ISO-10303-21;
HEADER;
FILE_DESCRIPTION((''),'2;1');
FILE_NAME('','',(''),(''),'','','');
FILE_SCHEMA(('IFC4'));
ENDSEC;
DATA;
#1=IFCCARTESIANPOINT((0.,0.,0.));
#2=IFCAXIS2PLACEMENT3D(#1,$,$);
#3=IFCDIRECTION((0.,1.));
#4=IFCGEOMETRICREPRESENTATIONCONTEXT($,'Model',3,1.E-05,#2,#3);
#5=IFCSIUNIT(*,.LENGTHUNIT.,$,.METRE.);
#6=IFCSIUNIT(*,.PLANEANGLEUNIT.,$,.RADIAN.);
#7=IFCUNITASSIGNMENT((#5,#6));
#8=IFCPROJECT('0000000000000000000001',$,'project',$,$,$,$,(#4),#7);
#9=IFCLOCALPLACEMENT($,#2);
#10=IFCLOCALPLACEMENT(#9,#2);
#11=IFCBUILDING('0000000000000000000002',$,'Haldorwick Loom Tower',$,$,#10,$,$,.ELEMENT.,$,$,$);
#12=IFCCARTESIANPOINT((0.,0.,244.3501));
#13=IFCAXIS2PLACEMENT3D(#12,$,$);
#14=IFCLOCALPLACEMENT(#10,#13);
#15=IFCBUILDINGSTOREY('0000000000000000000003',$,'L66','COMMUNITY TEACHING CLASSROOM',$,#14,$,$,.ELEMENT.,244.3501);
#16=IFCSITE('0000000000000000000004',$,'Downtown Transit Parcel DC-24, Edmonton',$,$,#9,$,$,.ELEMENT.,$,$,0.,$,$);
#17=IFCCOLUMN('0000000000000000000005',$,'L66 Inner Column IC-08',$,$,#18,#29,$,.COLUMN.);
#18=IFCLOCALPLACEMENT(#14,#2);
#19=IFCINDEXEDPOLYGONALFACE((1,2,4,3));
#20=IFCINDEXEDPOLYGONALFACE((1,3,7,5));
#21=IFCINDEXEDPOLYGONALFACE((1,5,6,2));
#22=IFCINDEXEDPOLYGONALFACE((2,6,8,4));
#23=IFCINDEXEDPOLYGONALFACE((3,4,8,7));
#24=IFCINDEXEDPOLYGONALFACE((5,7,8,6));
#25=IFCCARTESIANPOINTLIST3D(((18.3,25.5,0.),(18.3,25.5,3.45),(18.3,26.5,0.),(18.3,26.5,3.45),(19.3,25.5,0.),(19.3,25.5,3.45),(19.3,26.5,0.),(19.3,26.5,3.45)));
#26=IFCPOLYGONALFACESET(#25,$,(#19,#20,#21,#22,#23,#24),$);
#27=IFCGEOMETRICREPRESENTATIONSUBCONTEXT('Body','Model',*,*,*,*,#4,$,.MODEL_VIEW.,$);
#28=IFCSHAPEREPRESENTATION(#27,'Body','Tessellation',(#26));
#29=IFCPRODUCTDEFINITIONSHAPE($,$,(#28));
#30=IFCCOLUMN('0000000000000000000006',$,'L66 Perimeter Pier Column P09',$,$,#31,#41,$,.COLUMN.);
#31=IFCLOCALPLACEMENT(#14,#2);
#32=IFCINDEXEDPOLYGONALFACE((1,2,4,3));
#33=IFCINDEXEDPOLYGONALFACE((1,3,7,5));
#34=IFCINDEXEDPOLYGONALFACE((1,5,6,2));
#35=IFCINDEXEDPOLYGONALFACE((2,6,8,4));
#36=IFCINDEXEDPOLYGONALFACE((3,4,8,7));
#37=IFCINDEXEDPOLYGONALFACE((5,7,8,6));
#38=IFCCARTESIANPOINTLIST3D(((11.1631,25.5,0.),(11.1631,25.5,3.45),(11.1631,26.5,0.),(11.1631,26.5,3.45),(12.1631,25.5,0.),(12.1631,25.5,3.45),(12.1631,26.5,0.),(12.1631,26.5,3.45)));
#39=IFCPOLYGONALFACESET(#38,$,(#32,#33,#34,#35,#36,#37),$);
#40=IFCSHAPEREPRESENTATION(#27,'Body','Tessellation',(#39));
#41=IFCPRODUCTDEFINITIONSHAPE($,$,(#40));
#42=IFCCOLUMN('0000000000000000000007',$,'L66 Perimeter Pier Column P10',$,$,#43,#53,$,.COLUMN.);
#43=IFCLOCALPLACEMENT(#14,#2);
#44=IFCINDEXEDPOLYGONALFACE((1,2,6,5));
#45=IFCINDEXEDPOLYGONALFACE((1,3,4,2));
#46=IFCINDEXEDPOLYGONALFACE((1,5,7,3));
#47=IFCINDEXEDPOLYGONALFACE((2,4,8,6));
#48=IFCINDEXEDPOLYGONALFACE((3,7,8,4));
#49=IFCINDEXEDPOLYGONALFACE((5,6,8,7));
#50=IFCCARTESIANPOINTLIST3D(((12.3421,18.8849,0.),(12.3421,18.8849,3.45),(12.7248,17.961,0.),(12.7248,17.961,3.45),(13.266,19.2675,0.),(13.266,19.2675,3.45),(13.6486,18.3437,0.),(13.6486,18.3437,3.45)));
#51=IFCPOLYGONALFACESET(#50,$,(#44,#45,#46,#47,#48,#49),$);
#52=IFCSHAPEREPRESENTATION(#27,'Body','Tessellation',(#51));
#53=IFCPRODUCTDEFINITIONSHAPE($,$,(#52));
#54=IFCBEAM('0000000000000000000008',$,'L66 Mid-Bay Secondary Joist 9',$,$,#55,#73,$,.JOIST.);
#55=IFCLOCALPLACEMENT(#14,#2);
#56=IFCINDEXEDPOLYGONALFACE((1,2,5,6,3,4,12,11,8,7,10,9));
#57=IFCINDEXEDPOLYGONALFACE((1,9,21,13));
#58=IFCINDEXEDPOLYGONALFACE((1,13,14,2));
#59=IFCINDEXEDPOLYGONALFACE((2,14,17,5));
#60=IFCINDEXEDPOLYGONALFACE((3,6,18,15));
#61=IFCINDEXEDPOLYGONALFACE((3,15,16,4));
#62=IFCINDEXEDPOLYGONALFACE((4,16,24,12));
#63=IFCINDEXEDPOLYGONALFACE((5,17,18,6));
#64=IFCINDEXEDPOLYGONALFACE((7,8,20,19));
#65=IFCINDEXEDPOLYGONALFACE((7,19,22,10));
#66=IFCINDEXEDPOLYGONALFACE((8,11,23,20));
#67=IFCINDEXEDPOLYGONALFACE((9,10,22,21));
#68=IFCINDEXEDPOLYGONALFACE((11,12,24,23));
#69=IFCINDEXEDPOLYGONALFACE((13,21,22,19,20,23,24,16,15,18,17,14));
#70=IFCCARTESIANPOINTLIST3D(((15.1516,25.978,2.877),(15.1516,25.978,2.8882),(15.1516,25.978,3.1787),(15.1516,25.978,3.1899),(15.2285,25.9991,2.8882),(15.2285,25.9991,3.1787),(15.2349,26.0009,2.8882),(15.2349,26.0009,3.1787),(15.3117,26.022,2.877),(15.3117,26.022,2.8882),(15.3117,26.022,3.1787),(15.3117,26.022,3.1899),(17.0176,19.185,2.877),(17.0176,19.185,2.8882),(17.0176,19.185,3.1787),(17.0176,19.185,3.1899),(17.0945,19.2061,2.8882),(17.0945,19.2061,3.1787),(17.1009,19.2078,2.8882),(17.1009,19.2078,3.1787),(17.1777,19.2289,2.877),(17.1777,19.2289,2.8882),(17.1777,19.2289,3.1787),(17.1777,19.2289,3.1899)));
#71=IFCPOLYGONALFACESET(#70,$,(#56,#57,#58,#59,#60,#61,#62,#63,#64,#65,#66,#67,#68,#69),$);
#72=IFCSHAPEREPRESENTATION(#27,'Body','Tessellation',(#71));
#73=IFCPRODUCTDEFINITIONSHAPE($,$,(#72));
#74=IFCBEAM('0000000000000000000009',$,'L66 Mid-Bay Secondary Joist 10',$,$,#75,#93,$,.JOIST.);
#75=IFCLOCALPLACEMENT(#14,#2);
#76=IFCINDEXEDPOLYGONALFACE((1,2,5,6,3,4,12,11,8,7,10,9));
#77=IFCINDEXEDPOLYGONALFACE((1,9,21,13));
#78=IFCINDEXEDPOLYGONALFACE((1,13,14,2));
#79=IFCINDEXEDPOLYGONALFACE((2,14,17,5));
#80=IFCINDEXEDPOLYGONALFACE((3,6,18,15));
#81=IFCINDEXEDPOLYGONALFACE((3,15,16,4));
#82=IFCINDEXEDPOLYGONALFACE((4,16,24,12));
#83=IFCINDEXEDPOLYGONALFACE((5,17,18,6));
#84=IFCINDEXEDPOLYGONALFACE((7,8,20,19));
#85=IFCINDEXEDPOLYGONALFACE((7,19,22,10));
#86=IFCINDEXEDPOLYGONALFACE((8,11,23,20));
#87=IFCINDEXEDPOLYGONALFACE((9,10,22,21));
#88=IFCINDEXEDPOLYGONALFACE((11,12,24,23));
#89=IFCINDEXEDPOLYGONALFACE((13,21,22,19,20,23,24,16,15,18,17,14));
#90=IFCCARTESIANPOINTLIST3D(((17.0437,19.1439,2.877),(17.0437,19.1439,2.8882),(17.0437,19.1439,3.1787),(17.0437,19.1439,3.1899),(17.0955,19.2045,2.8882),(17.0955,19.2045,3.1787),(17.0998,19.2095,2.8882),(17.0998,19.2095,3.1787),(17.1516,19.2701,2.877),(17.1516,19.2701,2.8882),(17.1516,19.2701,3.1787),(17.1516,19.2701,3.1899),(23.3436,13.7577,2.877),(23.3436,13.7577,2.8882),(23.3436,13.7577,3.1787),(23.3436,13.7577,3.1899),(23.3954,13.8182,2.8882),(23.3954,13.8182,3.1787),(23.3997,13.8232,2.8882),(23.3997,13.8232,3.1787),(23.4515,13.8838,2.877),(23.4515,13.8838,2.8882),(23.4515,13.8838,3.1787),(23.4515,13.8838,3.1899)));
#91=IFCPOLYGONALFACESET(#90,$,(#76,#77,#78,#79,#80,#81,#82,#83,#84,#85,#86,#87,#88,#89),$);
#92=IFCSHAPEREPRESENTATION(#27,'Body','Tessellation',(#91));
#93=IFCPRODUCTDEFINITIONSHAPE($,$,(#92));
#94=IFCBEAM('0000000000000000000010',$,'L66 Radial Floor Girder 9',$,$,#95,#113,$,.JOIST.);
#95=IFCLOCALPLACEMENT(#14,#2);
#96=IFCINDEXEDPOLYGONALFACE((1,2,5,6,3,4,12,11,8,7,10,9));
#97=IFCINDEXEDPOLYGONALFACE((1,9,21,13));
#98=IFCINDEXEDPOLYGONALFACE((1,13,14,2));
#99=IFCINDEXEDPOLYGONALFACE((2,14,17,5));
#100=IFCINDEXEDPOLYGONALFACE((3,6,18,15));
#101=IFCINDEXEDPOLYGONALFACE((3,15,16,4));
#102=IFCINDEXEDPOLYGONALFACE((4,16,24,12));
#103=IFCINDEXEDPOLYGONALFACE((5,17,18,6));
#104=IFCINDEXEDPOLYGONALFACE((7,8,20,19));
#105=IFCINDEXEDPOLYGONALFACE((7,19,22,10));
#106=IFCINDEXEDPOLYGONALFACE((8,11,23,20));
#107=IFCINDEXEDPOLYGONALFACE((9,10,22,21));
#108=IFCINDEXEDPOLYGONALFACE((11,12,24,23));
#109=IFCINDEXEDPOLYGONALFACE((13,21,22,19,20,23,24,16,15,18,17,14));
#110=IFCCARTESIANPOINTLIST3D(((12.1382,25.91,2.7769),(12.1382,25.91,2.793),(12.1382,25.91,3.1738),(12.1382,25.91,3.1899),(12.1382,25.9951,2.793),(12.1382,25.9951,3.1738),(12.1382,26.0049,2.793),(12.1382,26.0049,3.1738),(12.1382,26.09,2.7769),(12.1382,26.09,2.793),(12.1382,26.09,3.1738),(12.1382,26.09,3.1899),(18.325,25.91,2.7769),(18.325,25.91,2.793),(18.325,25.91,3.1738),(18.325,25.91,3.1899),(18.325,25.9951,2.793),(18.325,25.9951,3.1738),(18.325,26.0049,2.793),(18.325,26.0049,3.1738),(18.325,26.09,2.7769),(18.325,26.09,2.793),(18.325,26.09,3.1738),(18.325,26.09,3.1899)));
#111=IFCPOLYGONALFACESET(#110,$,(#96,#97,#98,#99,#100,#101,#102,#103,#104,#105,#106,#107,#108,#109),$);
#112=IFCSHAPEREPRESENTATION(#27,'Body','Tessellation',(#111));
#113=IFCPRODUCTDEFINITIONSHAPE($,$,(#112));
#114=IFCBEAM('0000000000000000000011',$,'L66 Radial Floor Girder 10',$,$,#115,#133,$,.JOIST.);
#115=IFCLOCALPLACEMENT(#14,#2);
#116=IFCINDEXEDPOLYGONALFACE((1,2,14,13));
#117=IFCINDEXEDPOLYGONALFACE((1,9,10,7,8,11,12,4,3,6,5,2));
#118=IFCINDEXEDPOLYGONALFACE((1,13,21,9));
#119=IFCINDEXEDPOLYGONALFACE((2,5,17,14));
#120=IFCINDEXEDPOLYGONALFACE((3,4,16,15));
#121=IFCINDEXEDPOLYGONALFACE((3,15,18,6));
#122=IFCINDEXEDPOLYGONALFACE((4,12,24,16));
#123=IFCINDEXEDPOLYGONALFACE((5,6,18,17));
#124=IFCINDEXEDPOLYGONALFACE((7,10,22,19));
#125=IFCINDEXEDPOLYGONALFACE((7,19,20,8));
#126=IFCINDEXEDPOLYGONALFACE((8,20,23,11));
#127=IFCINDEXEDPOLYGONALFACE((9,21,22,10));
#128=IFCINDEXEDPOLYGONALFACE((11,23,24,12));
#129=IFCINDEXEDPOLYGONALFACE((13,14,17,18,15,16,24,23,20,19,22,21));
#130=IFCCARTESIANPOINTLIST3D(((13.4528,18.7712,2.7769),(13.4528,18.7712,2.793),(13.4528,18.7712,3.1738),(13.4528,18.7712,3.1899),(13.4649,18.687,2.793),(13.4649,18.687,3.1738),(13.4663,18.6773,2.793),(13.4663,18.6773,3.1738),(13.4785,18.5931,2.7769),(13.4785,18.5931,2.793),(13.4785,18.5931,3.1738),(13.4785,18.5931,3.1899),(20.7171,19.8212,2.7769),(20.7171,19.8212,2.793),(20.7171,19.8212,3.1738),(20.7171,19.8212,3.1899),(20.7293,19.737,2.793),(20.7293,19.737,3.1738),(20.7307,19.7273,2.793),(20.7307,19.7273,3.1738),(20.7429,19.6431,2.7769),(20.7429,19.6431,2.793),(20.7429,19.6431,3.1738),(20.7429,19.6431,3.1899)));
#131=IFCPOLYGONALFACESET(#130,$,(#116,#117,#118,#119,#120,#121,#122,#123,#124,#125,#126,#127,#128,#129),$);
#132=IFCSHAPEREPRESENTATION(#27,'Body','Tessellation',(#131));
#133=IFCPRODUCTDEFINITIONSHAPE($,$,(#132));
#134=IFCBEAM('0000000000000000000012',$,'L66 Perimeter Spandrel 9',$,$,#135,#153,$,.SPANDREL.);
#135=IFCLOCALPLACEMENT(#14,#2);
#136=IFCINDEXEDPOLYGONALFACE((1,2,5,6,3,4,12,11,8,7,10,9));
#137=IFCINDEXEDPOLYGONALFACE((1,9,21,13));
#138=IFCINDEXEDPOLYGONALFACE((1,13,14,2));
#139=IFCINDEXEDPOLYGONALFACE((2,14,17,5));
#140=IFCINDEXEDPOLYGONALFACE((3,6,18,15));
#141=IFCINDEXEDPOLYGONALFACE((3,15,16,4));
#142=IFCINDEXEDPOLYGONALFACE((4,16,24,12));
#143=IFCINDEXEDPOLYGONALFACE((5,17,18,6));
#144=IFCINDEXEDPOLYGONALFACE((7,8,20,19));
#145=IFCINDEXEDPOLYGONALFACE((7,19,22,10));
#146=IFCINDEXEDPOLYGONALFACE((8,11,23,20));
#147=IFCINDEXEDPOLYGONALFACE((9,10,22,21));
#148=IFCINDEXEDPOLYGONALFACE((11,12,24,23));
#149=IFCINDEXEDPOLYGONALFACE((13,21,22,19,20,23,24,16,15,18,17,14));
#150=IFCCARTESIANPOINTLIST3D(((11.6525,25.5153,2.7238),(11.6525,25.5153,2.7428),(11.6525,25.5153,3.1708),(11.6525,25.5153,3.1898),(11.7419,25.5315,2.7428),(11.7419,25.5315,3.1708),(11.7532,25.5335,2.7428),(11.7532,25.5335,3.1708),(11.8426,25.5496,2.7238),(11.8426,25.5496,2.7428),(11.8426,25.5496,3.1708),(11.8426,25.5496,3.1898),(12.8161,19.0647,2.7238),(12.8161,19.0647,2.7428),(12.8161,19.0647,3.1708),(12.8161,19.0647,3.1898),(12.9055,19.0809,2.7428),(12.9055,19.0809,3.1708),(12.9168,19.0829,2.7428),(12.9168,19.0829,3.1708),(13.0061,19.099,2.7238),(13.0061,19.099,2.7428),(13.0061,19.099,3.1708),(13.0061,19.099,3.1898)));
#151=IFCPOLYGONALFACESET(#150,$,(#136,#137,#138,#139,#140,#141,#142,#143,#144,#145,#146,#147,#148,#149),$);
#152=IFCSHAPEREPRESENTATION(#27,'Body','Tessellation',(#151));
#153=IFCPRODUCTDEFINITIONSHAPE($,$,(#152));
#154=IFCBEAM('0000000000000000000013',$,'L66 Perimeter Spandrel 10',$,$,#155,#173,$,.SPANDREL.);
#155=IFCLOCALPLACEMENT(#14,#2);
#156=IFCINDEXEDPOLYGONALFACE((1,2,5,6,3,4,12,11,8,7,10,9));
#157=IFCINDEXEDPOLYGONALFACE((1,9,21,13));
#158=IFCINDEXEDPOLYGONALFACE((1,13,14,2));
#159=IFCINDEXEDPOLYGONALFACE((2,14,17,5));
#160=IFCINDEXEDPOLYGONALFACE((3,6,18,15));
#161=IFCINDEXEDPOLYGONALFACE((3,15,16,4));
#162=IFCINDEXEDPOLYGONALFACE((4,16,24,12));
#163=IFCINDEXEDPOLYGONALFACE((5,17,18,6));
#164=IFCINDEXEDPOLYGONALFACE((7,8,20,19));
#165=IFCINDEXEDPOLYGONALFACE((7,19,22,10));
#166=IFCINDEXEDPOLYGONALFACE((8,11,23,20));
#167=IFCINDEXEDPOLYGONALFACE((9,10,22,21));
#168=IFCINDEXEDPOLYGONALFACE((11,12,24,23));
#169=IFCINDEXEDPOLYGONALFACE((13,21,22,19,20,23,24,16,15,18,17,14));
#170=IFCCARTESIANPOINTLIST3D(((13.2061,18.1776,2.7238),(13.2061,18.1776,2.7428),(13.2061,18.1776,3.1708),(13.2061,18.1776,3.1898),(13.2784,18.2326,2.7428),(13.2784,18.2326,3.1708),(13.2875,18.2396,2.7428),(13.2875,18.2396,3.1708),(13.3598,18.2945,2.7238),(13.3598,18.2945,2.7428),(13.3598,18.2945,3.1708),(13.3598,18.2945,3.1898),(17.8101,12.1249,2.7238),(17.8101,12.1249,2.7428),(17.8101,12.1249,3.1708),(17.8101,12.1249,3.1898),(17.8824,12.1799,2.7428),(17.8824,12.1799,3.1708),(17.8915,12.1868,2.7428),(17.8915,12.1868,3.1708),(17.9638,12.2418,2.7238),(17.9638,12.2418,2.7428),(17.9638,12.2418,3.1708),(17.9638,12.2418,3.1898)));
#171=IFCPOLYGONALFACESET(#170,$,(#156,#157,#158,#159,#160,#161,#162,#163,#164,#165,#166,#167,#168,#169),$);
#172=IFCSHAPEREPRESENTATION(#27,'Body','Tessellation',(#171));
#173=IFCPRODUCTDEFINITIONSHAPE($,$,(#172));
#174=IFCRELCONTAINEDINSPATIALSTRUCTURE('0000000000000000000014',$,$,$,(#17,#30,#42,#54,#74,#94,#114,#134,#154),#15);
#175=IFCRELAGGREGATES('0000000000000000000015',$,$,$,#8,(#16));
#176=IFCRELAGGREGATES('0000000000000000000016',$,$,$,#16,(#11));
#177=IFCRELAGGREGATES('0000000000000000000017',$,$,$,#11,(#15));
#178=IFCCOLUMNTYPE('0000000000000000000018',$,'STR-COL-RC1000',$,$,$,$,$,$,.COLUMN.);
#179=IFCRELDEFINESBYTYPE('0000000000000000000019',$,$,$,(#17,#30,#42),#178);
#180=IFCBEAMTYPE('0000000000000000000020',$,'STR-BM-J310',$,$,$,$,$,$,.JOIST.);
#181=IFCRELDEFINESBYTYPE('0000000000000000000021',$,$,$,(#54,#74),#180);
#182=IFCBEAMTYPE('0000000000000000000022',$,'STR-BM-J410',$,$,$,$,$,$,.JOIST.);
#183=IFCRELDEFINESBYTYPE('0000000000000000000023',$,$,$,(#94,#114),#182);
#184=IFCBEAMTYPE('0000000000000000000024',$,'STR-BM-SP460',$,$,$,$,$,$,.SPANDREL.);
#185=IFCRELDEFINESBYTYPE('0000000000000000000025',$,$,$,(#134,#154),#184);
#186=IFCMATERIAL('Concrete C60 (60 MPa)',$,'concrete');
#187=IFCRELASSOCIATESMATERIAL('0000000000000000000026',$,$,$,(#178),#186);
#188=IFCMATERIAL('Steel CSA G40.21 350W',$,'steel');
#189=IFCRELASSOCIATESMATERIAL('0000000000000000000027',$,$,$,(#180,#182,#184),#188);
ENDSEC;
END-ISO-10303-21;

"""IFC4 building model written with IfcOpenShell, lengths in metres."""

from ifc_helpers import new_model, si_unit, direction, frame, origin, origin_2d, place, context, subcontext, project, spatial, rectangle, i_section, extrude, material, material_profile, profile_set, type_object, element, save


model = new_model("IFC4")

# Units and contexts
model_context = context("Model", 3, precision=1e-05, world=origin(), true_north=direction((0.0, 1.0)))
body_context = subcontext(model_context, "Body", "Model", "MODEL_VIEW")
ifc_project = project(units=[si_unit("LENGTHUNIT", "METRE"), si_unit("PLANEANGLEUNIT", "RADIAN")], contexts=[model_context])

# Site, building, storey
site_placement = place(None, origin())
site = spatial("IfcSite", under=ifc_project, at=site_placement, Name="Downtown Transit Parcel DC-24, Edmonton", CompositionType="ELEMENT", RefElevation=0.0)
building_placement = place(site_placement, origin())
building = spatial("IfcBuilding", under=site, at=building_placement, Name="Haldorwick Loom Tower", CompositionType="ELEMENT")
storey_placement = place(building_placement, frame((0.0, 0.0, 244.3501)))
storey = spatial("IfcBuildingStorey", under=building, at=storey_placement, Name="L66", Description="COMMUNITY TEACHING CLASSROOM", CompositionType="ELEMENT", Elevation=244.3501)

# Columns
ifc_material_1 = material(Name="Concrete C60 (60 MPa)", Category="concrete")
ifc_material_profile_1 = material_profile(ifc_material_1, rectangle(XDim=1.0, YDim=1.0, at=origin_2d()), Name="RC1000X1000", Category="concrete")
ifc_profile_set_1 = profile_set([ifc_material_profile_1], Name="Concrete C60 (60 MPa)")
column_type = type_object("IfcColumnType", Name="STR-COL-RC1000", PredefinedType="COLUMN", material=ifc_profile_set_1)
for number, where, z_axis, x_axis, name in (
    (1, (18.8, 26.0, 0.0), (0.0, 0.0, 1.0), (1.0, 0.0, 0.0), "L66 Inner Column IC-08"),
    (2, (11.6631, 26.0, 0.0), (0.0, 0.0, 1.0), (-1.0, 0.0, 0.0), "L66 Perimeter Pier Column P09"),
    (3, (12.9954, 18.6143, 0.0), (0.0, 0.0, 1.0), (-0.92388, -0.382683, 0.0), "L66 Perimeter Pier Column P10"),
):
    element("IfcColumn", number, at=place(storey_placement, frame(where, z_axis=z_axis, x_axis=x_axis)), inside=storey, type_object=column_type, Name=name, PredefinedType="COLUMN", context=body_context, shape_type="SweptSolid", body=[
        extrude(rectangle(XDim=1.0, YDim=1.0, at=origin_2d()), origin(), (0.0, 0.0, 1.0), 3.45),
    ])

# Beams
ifc_material_2 = material(Name="Steel CSA G40.21 350W", Category="steel")
ifc_material_profile_2 = material_profile(ifc_material_2, i_section(OverallWidth=0.166, OverallDepth=0.313, WebThickness=0.0066, FlangeThickness=0.0112, at=origin_2d()), Name="W310X45", Category="steel")
ifc_profile_set_2 = profile_set([ifc_material_profile_2], Name="Steel CSA G40.21 350W")
beam_type_1 = type_object("IfcBeamType", Name="STR-BM-J310", PredefinedType="JOIST", material=ifc_profile_set_2)
beam_1_placement = place(storey_placement, frame((15.2317, 26.0, 3.0334), z_axis=(0.264879, -0.964282, 0.0), x_axis=(0.964282, 0.264879, 0.0)))
element("IfcBeam", 4, at=beam_1_placement, inside=storey, type_object=beam_type_1, Name="L66 Mid-Bay Secondary Joist 9", PredefinedType="JOIST", context=body_context, shape_type="SweptSolid", body=[
    extrude(i_section(OverallWidth=0.166, OverallDepth=0.313, WebThickness=0.0066, FlangeThickness=0.0112, at=origin_2d()), origin(), (0.0, 0.0, 1.0), 7.0447),
])
beam_2_placement = place(storey_placement, frame((17.0977, 19.207, 3.0334), z_axis=(0.760067, -0.649845, 0.0), x_axis=(0.649845, 0.760067, 0.0)))
element("IfcBeam", 5, at=beam_2_placement, inside=storey, type_object=beam_type_1, Name="L66 Mid-Bay Secondary Joist 10", PredefinedType="JOIST", context=body_context, shape_type="SweptSolid", body=[
    extrude(i_section(OverallWidth=0.166, OverallDepth=0.313, WebThickness=0.0066, FlangeThickness=0.0112, at=origin_2d()), origin(), (0.0, 0.0, 1.0), 8.2886),
])
ifc_material_profile_3 = material_profile(ifc_material_2, i_section(OverallWidth=0.1799, OverallDepth=0.4131, WebThickness=0.0098, FlangeThickness=0.0161, at=origin_2d()), Name="W410X74", Category="steel")
ifc_profile_set_3 = profile_set([ifc_material_profile_3], Name="Steel CSA G40.21 350W")
beam_type_2 = type_object("IfcBeamType", Name="STR-BM-J410", PredefinedType="JOIST", material=ifc_profile_set_3)
beam_3_placement = place(storey_placement, frame((18.325, 26.0, 2.9834), z_axis=(-1.0, 0.0, 0.0), x_axis=(0.0, -1.0, 0.0)))
element("IfcBeam", 6, at=beam_3_placement, inside=storey, type_object=beam_type_2, Name="L66 Radial Floor Girder 9", PredefinedType="JOIST", context=body_context, shape_type="SweptSolid", body=[
    extrude(i_section(OverallWidth=0.1799, OverallDepth=0.4131, WebThickness=0.0098, FlangeThickness=0.0161, at=origin_2d()), origin(), (0.0, 0.0, 1.0), 6.1868),
])
beam_4_placement = place(storey_placement, frame((20.73, 19.7322, 2.9834), z_axis=(-0.989714, -0.14306, 0.0), x_axis=(0.14306, -0.989714, 0.0)))
element("IfcBeam", 7, at=beam_4_placement, inside=storey, type_object=beam_type_2, Name="L66 Radial Floor Girder 10", PredefinedType="JOIST", context=body_context, shape_type="SweptSolid", body=[
    extrude(i_section(OverallWidth=0.1799, OverallDepth=0.4131, WebThickness=0.0098, FlangeThickness=0.0161, at=origin_2d()), origin(), (0.0, 0.0, 1.0), 7.3398),
])
ifc_material_profile_4 = material_profile(ifc_material_2, i_section(OverallWidth=0.1931, OverallDepth=0.4661, WebThickness=0.0115, FlangeThickness=0.019, at=origin_2d()), Name="W460X97", Category="steel")
ifc_profile_set_4 = profile_set([ifc_material_profile_4], Name="Steel CSA G40.21 350W")
beam_type_3 = type_object("IfcBeamType", Name="STR-BM-SP460", PredefinedType="SPANDREL", material=ifc_profile_set_4)
beam_5_placement = place(storey_placement, frame((11.7476, 25.5325, 2.9568), z_axis=(0.177515, -0.984118, 0.0), x_axis=(0.984118, 0.177515, 0.0)))
element("IfcBeam", 8, at=beam_5_placement, inside=storey, type_object=beam_type_3, Name="L66 Perimeter Spandrel 9", PredefinedType="SPANDREL", context=body_context, shape_type="SweptSolid", body=[
    extrude(i_section(OverallWidth=0.1931, OverallDepth=0.4661, WebThickness=0.0115, FlangeThickness=0.019, at=origin_2d()), origin(), (0.0, 0.0, 1.0), 6.5547),
])
beam_6_placement = place(storey_placement, frame((13.283, 18.2361, 2.9568), z_axis=(0.60541, -0.795913, 0.0), x_axis=(0.795913, 0.60541, 0.0)))
element("IfcBeam", 9, at=beam_6_placement, inside=storey, type_object=beam_type_3, Name="L66 Perimeter Spandrel 10", PredefinedType="SPANDREL", context=body_context, shape_type="SweptSolid", body=[
    extrude(i_section(OverallWidth=0.1931, OverallDepth=0.4661, WebThickness=0.0115, FlangeThickness=0.019, at=origin_2d()), origin(), (0.0, 0.0, 1.0), 7.6047),
])

save(model, "model.ifc")
